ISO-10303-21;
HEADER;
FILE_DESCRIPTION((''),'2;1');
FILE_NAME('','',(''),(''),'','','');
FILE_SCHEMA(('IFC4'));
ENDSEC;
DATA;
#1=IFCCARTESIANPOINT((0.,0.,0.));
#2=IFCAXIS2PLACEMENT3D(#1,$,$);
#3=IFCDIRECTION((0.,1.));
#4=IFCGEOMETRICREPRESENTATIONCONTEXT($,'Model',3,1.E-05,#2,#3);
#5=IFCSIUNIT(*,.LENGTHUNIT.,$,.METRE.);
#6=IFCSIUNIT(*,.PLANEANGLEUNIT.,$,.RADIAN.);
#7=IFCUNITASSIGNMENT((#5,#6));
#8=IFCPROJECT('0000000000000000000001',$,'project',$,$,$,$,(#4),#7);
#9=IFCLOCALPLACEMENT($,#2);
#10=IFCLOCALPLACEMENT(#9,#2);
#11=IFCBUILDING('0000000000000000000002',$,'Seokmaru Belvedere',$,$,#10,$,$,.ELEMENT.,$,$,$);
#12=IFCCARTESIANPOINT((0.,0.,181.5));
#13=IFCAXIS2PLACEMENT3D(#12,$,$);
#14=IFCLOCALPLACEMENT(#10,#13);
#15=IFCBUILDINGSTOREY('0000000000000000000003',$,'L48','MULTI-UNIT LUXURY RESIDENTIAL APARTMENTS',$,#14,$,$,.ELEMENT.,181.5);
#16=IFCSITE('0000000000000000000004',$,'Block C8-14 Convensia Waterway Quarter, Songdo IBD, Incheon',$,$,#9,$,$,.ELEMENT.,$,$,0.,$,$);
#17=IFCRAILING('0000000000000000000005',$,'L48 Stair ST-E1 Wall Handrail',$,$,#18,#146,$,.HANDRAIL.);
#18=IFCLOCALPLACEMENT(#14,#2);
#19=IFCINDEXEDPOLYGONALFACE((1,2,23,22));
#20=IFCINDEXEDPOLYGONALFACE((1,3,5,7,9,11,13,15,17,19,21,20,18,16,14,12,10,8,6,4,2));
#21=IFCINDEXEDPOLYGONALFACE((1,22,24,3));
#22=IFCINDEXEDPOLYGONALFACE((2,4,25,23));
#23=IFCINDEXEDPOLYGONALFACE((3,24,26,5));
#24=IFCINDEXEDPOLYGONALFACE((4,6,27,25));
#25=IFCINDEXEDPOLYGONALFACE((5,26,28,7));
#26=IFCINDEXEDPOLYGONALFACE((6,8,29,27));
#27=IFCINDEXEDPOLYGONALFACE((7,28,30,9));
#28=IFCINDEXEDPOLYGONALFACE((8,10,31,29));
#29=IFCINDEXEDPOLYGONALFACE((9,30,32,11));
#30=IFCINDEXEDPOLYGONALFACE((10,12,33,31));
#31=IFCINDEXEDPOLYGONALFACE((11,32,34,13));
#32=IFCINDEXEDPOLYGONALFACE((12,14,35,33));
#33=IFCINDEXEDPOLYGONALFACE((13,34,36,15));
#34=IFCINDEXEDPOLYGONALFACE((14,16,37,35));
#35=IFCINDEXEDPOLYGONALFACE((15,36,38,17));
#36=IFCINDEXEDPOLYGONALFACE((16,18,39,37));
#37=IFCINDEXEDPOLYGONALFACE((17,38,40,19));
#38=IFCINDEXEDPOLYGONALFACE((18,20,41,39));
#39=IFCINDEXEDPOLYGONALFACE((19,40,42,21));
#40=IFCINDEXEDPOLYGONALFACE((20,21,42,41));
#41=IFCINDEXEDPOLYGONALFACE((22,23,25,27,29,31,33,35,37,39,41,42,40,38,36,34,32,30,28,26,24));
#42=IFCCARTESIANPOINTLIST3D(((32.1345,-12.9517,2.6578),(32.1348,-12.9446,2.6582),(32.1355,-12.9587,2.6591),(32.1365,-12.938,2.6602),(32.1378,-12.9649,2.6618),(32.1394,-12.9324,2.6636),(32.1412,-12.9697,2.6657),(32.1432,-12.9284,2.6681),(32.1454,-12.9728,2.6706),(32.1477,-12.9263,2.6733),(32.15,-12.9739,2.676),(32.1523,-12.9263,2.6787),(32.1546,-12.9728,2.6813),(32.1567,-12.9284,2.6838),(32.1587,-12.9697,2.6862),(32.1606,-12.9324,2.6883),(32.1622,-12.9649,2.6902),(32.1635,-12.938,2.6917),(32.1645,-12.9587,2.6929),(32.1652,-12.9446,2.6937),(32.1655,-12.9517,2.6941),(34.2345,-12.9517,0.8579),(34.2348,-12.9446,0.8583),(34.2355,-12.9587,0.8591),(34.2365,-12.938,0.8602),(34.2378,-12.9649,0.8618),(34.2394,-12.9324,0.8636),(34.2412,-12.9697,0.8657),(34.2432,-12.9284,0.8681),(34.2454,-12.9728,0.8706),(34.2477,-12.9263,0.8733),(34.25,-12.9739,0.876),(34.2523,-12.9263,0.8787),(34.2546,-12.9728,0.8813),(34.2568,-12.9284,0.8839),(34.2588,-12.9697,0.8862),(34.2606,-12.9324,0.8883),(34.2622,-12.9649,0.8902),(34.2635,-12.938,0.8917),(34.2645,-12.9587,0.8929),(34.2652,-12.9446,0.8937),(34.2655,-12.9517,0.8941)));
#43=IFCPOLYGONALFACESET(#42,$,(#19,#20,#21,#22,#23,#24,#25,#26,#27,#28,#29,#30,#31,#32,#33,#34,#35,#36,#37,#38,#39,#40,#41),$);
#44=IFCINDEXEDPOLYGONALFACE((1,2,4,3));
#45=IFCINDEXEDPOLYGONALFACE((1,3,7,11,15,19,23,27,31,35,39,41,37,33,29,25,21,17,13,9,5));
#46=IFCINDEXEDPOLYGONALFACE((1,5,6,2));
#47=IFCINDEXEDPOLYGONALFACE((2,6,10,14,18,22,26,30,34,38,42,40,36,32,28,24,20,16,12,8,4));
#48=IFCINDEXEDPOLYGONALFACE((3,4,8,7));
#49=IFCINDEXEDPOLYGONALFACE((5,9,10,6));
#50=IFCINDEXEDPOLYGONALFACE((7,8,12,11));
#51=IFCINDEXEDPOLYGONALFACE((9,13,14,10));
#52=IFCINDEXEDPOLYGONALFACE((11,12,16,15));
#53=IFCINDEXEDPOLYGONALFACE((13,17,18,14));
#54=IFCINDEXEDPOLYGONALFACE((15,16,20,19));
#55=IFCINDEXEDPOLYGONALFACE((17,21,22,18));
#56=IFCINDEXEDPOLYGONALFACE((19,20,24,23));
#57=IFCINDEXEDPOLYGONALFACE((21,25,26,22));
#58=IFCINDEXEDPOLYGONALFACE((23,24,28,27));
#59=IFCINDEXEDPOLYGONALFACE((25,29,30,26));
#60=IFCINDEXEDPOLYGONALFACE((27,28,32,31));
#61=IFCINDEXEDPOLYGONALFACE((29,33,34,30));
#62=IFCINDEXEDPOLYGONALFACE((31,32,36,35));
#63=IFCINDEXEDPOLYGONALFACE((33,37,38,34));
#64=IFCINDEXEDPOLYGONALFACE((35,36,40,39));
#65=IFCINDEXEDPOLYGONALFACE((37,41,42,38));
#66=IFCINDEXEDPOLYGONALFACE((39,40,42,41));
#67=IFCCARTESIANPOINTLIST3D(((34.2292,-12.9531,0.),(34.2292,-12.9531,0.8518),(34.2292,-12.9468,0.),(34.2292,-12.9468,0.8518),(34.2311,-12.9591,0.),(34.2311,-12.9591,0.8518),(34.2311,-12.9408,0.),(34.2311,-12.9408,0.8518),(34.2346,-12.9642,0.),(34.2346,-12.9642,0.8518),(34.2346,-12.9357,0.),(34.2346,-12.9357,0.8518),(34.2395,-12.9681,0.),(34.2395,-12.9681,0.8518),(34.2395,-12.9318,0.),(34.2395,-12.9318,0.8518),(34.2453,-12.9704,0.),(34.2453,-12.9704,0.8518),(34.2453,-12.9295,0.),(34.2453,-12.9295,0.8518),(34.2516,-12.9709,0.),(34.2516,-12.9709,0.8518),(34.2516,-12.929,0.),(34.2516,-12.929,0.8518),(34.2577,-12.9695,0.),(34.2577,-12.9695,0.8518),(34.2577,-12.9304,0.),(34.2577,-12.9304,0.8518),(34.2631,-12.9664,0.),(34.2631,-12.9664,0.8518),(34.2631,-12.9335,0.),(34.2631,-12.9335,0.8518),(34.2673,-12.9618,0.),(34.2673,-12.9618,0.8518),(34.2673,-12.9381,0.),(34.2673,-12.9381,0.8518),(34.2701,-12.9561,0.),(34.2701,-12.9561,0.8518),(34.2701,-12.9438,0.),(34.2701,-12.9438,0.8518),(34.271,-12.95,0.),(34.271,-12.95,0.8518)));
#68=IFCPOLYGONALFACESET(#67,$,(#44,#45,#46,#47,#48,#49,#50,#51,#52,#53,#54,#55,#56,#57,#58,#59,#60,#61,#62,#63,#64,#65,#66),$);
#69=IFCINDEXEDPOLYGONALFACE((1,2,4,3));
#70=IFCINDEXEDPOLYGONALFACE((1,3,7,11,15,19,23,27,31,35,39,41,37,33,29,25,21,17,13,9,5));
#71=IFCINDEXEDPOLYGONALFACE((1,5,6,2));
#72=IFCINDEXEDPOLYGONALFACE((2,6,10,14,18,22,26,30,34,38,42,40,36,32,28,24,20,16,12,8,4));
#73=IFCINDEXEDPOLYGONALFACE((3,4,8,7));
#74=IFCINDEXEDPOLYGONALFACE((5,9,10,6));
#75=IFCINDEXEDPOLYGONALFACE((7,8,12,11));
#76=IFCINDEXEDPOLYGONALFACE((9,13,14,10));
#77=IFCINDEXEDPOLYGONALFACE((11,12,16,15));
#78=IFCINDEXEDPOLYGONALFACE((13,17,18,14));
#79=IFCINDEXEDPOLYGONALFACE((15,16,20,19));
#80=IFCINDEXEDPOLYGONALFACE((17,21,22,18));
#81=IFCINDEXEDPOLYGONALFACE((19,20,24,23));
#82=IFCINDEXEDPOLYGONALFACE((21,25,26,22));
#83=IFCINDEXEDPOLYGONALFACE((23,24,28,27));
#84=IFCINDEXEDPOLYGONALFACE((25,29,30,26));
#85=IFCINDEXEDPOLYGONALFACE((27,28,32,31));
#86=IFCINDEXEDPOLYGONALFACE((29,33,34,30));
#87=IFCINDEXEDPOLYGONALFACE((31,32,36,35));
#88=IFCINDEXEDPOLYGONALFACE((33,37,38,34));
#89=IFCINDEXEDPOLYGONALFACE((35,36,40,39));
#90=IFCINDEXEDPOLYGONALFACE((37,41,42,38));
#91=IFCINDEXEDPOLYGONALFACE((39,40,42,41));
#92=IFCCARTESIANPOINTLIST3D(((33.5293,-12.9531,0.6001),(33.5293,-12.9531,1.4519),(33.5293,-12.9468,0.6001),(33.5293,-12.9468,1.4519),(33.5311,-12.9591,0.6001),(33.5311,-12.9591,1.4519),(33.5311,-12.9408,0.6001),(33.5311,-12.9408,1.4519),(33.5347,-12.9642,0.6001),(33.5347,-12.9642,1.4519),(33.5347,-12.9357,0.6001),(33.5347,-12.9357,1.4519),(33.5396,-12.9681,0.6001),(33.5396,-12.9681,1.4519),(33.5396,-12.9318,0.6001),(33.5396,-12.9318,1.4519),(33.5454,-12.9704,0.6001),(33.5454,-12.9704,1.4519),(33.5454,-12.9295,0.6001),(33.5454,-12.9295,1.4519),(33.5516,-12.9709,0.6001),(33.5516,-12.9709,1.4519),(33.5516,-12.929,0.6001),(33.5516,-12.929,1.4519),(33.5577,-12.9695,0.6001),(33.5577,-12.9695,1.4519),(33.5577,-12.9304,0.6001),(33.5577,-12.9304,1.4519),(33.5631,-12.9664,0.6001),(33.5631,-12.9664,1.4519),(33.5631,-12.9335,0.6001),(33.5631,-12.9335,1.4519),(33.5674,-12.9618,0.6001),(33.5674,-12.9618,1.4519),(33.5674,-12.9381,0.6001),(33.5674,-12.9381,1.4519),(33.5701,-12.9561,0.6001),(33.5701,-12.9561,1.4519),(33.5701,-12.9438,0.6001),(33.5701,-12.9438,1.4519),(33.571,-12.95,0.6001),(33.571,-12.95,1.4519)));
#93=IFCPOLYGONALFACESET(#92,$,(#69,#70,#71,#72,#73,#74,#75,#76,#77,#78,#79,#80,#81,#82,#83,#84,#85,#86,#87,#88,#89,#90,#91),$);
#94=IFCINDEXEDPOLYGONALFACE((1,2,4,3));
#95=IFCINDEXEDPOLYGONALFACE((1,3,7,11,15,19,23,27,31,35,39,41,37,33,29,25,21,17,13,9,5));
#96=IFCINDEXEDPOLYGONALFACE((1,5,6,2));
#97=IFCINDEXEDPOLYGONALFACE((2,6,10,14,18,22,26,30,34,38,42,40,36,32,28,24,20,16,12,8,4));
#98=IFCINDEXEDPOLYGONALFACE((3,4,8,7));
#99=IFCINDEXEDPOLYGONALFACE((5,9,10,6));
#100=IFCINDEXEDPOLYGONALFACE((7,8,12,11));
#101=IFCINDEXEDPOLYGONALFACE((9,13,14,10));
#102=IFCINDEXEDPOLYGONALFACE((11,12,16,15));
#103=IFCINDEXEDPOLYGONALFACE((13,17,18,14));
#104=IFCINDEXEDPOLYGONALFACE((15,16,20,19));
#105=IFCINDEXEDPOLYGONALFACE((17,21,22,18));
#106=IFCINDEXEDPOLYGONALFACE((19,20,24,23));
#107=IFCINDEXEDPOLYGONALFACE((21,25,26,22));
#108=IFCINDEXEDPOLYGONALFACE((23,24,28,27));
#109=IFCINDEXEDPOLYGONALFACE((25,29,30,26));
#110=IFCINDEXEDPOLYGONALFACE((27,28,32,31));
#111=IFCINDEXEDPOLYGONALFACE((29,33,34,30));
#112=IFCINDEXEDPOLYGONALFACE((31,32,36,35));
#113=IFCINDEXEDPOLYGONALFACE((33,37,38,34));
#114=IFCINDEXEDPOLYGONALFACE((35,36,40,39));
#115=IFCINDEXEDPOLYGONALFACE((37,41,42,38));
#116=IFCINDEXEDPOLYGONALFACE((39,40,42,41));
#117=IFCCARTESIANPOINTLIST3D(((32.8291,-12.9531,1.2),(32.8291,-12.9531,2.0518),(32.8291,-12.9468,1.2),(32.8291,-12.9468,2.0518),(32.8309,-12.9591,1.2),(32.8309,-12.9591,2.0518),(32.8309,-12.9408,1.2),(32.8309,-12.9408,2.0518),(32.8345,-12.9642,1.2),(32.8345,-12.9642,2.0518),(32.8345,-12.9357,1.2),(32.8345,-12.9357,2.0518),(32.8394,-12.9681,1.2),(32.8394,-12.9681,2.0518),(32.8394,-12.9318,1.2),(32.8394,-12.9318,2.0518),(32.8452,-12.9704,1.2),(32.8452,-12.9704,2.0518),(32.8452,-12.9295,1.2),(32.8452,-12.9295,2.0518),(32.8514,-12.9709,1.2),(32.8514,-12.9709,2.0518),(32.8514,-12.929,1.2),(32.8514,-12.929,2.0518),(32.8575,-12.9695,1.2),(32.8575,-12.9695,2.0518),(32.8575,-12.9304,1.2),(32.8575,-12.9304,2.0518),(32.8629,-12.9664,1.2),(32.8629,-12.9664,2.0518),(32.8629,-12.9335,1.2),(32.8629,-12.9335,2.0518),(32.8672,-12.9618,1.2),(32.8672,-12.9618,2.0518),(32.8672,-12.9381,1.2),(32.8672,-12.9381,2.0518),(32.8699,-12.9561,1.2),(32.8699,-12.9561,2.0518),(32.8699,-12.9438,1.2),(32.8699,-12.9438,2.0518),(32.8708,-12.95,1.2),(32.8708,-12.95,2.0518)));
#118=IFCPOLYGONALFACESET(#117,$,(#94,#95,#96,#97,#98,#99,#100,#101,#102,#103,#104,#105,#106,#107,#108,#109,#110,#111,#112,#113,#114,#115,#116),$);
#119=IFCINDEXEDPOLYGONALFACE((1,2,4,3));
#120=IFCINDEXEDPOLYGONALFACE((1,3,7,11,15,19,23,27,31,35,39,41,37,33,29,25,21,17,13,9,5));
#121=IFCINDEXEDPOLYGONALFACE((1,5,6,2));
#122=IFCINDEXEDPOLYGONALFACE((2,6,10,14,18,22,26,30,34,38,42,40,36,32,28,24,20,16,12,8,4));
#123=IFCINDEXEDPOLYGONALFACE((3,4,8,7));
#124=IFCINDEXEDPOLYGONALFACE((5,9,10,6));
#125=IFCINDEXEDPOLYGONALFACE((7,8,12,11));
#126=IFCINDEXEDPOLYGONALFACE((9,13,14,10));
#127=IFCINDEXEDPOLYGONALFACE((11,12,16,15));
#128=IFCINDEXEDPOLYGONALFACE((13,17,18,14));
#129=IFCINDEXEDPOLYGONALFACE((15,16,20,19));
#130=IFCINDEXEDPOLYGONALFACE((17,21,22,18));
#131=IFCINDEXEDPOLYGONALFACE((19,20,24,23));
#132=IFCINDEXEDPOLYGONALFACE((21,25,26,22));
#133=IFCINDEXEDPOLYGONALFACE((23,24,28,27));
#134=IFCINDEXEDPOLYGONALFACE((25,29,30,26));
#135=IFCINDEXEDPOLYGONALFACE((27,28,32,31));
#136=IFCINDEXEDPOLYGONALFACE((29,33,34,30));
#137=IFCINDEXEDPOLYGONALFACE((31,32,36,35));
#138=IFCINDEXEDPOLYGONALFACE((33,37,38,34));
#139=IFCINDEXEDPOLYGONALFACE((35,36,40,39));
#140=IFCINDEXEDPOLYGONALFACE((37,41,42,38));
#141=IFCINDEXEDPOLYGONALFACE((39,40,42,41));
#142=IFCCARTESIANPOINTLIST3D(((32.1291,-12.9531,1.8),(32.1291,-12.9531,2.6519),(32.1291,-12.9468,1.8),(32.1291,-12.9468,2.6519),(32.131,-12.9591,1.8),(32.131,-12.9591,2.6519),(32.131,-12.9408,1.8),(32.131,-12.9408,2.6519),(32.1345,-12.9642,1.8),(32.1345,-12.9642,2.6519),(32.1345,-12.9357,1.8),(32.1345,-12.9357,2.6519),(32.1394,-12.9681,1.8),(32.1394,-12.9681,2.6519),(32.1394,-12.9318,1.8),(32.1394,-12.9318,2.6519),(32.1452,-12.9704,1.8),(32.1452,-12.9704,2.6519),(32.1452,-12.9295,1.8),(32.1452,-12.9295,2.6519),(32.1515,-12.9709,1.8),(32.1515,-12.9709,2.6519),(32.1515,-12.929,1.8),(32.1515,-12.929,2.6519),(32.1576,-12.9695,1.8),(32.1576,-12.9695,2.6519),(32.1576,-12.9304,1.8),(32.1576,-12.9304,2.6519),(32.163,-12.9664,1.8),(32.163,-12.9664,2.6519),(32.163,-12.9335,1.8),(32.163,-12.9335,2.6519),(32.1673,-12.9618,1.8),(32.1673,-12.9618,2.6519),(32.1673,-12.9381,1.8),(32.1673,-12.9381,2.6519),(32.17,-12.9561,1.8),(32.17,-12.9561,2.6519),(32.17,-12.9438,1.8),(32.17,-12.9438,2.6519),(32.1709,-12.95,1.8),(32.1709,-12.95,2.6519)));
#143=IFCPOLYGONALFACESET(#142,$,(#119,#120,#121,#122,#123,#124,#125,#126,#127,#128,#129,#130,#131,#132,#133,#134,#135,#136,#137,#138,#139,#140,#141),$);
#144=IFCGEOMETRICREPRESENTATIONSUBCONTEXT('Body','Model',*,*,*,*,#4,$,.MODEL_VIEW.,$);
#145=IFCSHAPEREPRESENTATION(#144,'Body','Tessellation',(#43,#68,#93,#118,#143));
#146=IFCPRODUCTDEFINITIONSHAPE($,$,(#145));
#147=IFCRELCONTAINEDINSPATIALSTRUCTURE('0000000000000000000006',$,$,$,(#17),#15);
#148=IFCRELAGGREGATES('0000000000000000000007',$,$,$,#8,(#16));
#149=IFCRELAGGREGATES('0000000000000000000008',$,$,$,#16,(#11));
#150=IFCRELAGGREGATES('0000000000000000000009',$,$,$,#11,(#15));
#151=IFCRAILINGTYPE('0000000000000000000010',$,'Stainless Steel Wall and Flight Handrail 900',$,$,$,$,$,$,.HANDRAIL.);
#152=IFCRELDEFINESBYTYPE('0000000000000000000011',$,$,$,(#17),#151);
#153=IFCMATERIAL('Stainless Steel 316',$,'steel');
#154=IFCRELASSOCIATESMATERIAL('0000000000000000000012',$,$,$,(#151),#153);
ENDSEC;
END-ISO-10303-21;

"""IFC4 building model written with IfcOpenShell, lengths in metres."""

from ifc_helpers import new_model, si_unit, direction, frame, origin, origin_2d, place, context, subcontext, project, spatial, circle, extrude, material, type_object, element, save


model = new_model("IFC4")

# Units and contexts
model_context = context("Model", 3, precision=1e-05, world=origin(), true_north=direction((0.0, 1.0)))
body_context = subcontext(model_context, "Body", "Model", "MODEL_VIEW")
ifc_project = project(units=[si_unit("LENGTHUNIT", "METRE"), si_unit("PLANEANGLEUNIT", "RADIAN")], contexts=[model_context])

# Site, building, storey
site_placement = place(None, origin())
site = spatial("IfcSite", under=ifc_project, at=site_placement, Name="Block C8-14 Convensia Waterway Quarter, Songdo IBD, Incheon", CompositionType="ELEMENT", RefElevation=0.0)
building_placement = place(site_placement, origin())
building = spatial("IfcBuilding", under=site, at=building_placement, Name="Seokmaru Belvedere", CompositionType="ELEMENT")
storey_placement = place(building_placement, frame((0.0, 0.0, 181.5)))
storey = spatial("IfcBuildingStorey", under=building, at=storey_placement, Name="L48", Description="MULTI-UNIT LUXURY RESIDENTIAL APARTMENTS", CompositionType="ELEMENT", Elevation=181.5)

# Shared definitions
ifc_material_1 = material(Name="Stainless Steel 316", Category="steel")

# Railing
railing_type = type_object("IfcRailingType", Name="Stainless Steel Wall and Flight Handrail 900", PredefinedType="HANDRAIL", material=ifc_material_1)
railing_placement = place(storey_placement, frame((34.25, -12.95, 0.0)))
element("IfcRailing", 1, at=railing_placement, inside=storey, type_object=railing_type, Name="L48 Stair ST-E1 Wall Handrail", PredefinedType="HANDRAIL", context=body_context, shape_type="SweptSolid", body=[
    extrude(circle(Radius=0.0239, at=origin_2d()), frame((0.0, 0.0, 0.876), z_axis=(-0.759263, 0.0, 0.650784), x_axis=(0.0, -1.0, 0.0)), (0.0, 0.0, 1.0), 2.7659),
    extrude(circle(Radius=0.021, at=origin_2d()), origin(), (0.0, 0.0, 1.0), 0.8518),
    extrude(circle(Radius=0.021, at=origin_2d()), frame((-0.7, 0.0, 0.6001)), (0.0, 0.0, 1.0), 0.8518),
    extrude(circle(Radius=0.021, at=origin_2d()), frame((-1.4001, 0.0, 1.2)), (0.0, 0.0, 1.0), 0.8518),
    extrude(circle(Radius=0.021, at=origin_2d()), frame((-2.1001, 0.0, 1.8)), (0.0, 0.0, 1.0), 0.8518),
])

save(model, "model.ifc")
